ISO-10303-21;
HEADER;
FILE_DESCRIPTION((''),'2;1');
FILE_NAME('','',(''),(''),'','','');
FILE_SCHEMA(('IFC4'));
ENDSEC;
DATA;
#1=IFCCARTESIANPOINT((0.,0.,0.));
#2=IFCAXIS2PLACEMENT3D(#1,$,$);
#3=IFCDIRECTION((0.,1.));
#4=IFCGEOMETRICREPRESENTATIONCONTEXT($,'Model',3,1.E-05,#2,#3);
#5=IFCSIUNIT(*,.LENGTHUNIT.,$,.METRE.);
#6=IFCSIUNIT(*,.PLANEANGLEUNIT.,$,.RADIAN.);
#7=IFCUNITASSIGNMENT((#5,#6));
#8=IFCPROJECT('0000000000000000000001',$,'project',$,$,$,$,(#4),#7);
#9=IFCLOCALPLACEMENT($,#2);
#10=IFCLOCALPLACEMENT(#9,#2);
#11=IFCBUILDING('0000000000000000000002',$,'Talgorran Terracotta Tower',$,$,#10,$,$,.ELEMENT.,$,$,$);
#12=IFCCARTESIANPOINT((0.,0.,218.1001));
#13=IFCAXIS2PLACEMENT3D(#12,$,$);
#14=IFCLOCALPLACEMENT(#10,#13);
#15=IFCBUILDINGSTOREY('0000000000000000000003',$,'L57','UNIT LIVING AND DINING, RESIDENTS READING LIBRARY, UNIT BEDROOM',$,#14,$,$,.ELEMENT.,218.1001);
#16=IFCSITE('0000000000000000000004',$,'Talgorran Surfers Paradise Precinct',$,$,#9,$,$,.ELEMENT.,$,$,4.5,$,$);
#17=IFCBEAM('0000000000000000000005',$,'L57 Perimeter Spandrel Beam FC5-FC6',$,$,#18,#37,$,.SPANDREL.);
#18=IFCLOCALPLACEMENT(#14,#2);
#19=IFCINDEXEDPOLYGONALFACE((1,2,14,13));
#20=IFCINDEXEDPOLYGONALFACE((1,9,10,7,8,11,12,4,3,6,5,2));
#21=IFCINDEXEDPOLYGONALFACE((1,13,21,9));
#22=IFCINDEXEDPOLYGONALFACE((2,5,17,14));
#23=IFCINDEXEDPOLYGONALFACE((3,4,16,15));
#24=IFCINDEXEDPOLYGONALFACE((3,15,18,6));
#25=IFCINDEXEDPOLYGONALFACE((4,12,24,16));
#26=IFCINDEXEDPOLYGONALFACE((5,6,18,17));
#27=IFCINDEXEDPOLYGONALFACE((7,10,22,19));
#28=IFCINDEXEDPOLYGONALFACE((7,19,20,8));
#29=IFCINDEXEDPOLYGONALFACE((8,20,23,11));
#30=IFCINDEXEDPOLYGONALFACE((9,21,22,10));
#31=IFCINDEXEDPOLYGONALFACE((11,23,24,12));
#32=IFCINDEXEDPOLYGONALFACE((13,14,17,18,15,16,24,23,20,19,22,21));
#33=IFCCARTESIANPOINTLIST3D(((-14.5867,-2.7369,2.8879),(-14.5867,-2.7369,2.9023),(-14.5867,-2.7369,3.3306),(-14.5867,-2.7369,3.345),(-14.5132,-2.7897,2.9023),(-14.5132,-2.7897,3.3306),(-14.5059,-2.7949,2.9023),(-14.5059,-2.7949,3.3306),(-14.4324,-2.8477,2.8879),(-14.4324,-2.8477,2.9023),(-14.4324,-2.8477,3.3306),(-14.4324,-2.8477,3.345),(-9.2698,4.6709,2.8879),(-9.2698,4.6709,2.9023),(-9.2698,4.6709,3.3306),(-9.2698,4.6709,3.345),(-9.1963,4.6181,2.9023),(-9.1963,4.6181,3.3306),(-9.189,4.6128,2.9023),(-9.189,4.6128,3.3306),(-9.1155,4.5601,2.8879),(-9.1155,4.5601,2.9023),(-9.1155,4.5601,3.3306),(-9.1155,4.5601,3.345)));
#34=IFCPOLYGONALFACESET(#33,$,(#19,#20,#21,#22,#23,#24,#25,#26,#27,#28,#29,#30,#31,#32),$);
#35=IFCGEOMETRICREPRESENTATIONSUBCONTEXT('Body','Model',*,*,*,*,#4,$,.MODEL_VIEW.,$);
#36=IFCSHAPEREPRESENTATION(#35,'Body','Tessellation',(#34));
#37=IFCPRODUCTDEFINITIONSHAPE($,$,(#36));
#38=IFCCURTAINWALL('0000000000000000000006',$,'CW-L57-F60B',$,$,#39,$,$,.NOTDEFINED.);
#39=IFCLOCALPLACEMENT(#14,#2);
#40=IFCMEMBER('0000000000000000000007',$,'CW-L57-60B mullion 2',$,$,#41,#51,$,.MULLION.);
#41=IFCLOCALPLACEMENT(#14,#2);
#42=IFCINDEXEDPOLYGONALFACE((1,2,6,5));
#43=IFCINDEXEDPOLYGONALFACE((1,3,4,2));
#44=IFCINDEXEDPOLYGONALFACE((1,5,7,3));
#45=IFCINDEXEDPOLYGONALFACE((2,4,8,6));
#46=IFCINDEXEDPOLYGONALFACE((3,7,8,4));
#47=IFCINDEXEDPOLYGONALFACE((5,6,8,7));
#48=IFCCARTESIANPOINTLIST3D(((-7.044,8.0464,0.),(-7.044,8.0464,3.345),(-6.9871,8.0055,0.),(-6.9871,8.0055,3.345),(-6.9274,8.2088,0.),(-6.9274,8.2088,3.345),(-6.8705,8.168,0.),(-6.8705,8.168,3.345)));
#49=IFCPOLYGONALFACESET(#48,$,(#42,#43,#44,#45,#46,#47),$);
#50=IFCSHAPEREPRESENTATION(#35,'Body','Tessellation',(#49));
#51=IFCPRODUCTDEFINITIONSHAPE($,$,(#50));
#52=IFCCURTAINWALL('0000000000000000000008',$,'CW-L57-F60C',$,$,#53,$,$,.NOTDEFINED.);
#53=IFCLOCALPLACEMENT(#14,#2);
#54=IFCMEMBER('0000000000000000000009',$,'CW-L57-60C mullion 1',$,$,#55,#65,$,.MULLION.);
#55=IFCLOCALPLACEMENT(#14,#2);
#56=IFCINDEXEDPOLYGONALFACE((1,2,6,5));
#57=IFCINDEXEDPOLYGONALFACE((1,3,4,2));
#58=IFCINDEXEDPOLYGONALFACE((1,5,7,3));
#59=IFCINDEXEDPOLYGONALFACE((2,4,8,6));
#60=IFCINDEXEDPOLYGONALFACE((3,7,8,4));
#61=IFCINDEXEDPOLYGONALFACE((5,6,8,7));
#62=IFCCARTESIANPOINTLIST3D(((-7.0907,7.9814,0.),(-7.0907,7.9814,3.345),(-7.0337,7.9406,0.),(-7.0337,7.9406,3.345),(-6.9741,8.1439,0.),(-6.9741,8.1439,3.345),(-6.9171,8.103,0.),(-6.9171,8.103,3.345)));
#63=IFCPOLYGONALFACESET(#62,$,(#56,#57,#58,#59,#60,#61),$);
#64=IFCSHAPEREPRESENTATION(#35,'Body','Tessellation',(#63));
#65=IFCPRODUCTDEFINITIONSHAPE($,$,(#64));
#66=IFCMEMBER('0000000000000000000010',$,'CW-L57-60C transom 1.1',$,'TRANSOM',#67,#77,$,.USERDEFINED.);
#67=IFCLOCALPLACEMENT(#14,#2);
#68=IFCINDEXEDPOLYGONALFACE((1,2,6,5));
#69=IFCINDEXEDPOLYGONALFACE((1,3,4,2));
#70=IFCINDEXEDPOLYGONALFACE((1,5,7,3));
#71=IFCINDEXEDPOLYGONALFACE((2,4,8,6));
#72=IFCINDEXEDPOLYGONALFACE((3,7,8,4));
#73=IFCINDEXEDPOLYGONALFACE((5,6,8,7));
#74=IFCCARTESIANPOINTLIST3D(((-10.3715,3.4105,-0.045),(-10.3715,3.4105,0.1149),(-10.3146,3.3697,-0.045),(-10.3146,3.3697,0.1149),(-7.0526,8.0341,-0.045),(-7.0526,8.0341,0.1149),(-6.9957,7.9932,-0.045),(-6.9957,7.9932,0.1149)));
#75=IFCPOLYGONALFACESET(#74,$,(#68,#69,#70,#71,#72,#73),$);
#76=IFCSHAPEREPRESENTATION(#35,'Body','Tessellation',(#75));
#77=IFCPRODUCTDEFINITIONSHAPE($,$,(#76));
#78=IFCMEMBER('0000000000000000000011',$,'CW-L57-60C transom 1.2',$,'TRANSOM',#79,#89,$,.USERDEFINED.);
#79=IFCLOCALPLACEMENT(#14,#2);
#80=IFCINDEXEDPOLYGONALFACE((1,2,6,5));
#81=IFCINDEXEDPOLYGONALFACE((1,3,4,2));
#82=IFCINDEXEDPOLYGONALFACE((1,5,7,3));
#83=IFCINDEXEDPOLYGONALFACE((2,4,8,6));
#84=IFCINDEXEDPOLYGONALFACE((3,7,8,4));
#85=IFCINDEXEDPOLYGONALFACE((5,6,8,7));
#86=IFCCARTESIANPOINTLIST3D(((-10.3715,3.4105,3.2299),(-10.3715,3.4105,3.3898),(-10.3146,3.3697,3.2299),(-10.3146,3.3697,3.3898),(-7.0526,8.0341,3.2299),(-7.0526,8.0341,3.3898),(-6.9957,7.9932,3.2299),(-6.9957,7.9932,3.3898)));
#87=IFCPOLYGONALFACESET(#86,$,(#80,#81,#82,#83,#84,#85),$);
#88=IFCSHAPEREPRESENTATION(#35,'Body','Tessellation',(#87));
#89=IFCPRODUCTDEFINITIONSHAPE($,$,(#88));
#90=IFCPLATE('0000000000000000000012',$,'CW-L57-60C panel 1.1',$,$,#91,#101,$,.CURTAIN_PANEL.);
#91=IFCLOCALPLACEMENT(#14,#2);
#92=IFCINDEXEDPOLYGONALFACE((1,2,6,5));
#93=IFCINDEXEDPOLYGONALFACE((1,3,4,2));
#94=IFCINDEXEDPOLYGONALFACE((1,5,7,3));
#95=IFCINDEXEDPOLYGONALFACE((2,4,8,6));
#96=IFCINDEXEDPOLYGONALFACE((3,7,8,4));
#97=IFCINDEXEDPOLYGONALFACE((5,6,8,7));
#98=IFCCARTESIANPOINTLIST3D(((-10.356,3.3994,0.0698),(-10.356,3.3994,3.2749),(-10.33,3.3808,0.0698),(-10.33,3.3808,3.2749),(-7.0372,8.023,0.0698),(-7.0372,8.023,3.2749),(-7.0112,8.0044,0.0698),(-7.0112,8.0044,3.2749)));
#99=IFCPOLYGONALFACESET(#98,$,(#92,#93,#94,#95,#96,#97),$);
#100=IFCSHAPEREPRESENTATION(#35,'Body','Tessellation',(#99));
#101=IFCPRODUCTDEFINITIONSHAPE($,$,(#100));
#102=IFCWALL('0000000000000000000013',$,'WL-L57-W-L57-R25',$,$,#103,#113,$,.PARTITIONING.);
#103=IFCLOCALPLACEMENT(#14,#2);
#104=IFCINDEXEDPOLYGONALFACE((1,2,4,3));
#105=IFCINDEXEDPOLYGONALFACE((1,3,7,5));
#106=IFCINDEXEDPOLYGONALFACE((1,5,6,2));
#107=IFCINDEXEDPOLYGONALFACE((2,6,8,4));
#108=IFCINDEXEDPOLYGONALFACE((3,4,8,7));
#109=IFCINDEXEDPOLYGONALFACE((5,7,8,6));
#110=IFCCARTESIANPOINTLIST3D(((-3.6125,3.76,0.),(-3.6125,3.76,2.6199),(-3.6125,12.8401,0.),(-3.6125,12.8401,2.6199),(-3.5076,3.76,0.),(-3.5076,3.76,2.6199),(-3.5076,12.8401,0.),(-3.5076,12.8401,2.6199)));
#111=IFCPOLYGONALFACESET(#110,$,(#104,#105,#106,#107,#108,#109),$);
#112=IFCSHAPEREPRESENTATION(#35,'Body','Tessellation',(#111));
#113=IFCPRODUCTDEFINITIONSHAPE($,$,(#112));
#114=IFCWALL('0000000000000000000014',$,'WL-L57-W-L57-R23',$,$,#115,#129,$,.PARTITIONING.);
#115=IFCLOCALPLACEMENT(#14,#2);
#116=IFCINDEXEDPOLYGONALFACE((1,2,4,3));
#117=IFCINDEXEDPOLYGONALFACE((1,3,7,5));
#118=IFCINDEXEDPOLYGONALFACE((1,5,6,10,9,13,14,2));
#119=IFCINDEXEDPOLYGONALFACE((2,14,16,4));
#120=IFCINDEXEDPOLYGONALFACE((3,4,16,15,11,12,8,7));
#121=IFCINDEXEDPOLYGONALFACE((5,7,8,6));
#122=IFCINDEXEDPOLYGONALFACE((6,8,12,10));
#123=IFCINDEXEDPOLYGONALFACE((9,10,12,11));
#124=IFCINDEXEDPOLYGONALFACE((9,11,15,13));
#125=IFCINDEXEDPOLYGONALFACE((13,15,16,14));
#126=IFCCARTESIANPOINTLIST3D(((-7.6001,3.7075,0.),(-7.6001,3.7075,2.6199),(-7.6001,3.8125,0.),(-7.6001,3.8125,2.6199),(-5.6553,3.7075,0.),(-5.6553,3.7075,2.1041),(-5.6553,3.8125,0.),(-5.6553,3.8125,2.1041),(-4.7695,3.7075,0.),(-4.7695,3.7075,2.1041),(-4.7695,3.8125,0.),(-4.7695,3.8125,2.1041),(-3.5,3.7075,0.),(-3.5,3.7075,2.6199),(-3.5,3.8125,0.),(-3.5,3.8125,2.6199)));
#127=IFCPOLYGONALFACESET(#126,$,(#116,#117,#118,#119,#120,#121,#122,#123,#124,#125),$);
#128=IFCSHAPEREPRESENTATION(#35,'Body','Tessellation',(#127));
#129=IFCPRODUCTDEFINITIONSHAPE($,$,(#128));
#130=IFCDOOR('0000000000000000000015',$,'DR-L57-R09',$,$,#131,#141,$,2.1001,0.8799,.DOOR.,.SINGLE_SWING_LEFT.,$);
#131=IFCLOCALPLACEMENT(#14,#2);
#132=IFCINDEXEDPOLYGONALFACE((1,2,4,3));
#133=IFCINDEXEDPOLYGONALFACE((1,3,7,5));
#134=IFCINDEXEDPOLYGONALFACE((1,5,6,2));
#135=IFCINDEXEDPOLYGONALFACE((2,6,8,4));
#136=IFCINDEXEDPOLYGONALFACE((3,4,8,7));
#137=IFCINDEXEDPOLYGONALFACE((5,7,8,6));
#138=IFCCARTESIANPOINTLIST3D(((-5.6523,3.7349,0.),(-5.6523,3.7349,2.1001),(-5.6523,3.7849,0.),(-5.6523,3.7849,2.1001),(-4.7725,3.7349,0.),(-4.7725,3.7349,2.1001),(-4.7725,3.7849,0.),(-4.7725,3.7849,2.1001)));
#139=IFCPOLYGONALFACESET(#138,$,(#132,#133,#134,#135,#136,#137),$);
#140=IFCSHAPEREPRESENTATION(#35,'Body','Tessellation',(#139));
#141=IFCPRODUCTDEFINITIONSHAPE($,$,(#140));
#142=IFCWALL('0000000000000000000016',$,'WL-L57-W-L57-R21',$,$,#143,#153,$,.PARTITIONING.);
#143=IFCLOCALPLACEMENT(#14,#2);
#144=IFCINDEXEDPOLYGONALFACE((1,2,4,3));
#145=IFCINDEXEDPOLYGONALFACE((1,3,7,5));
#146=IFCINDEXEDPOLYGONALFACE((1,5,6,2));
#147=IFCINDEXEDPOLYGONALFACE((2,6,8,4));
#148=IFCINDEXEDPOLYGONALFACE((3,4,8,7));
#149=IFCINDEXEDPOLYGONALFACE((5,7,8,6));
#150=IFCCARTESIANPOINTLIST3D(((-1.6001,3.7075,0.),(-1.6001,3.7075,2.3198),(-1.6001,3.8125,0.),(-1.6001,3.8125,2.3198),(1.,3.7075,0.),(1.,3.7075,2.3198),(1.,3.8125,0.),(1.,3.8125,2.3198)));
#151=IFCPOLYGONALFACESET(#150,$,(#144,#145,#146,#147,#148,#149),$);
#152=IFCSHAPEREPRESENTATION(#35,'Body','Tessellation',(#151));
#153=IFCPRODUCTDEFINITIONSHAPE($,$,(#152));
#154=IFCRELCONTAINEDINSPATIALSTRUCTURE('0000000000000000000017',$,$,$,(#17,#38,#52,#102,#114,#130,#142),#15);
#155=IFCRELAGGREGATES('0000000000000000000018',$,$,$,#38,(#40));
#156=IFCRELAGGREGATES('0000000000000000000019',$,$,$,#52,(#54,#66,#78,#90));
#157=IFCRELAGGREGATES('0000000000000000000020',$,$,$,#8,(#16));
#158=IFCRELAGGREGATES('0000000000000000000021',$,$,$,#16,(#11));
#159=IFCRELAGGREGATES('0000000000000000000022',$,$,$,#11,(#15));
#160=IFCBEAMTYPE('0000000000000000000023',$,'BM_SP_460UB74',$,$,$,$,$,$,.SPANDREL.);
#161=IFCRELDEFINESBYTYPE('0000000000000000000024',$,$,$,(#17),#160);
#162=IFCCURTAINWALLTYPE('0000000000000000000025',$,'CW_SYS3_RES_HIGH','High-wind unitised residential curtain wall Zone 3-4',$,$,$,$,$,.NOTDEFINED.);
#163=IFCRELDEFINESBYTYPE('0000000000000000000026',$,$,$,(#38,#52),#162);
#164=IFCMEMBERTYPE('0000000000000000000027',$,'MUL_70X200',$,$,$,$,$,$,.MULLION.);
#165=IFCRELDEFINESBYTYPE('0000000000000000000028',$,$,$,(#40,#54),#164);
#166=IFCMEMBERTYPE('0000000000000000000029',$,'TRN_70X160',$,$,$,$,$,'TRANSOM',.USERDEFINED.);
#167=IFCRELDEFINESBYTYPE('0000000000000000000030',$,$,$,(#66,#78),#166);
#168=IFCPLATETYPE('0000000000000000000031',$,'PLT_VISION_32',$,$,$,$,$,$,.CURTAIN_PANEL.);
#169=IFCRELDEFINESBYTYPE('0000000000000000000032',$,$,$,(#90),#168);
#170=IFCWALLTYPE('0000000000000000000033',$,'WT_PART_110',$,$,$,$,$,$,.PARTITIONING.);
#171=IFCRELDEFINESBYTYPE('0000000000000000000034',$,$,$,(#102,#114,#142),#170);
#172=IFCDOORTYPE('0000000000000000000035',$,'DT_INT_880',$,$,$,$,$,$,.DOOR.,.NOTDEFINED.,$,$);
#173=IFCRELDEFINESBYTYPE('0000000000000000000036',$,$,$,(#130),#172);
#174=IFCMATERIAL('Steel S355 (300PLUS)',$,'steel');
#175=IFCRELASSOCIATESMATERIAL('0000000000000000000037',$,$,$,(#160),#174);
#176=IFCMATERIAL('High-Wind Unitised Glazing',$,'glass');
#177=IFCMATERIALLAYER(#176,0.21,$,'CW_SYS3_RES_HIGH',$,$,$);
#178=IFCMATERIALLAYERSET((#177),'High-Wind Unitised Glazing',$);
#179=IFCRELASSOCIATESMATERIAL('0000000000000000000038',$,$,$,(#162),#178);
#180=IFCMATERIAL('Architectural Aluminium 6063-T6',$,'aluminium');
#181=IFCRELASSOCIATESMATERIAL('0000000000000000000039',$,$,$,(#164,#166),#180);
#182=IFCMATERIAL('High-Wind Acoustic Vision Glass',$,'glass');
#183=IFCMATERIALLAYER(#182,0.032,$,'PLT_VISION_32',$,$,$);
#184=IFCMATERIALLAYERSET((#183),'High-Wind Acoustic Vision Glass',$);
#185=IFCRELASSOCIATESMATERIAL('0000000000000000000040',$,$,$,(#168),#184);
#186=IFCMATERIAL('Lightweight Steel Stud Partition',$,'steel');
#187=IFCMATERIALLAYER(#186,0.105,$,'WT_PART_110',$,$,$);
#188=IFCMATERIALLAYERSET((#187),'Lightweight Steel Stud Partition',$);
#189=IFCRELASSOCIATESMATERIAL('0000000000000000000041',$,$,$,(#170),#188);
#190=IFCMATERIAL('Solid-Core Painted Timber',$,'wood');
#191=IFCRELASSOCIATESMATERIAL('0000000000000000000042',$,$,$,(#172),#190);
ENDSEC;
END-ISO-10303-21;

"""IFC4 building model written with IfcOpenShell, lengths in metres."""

from ifc_helpers import new_model, si_unit, direction, frame, frame_2d, origin, origin_2d, place, context, subcontext, project, spatial, rectangle, i_section, extrude, source, transform, mapped, material, layer, layer_set, material_profile, profile_set, type_object, type_shapes, element, fill, aggregate, save


model = new_model("IFC4")

# Units and contexts
model_context = context("Model", 3, precision=1e-05, world=origin(), true_north=direction((0.0, 1.0)))
body_context = subcontext(model_context, "Body", "Model", "MODEL_VIEW")
ifc_project = project(units=[si_unit("LENGTHUNIT", "METRE"), si_unit("PLANEANGLEUNIT", "RADIAN")], contexts=[model_context])

# Site, building, storey
site_placement = place(None, origin())
site = spatial("IfcSite", under=ifc_project, at=site_placement, Name="Talgorran Surfers Paradise Precinct", CompositionType="ELEMENT", RefElevation=4.5)
building_placement = place(site_placement, origin())
building = spatial("IfcBuilding", under=site, at=building_placement, Name="Talgorran Terracotta Tower", CompositionType="ELEMENT")
storey_placement = place(building_placement, frame((0.0, 0.0, 218.1001)))
storey = spatial("IfcBuildingStorey", under=building, at=storey_placement, Name="L57", Description="UNIT LIVING AND DINING, RESIDENTS READING LIBRARY, UNIT BEDROOM", CompositionType="ELEMENT", Elevation=218.1001)

# Shared definitions
ifc_material_1 = material(Name="Steel S355 (300PLUS)", Category="steel")

# Beam
ifc_material_profile_1 = material_profile(ifc_material_1, i_section(OverallWidth=0.1899, OverallDepth=0.457, WebThickness=0.009, FlangeThickness=0.0144, at=origin_2d()), Name="460UB74.6")
ifc_profile_set_1 = profile_set([ifc_material_profile_1], Name="Steel S355 (300PLUS)")
beam_type_1 = type_object("IfcBeamType", Name="BM_SP_460UB74", PredefinedType="SPANDREL", material=ifc_profile_set_1)
beam_1_placement = place(storey_placement, frame((-9.1926, 4.6155, 3.1165), z_axis=(-0.583101, -0.8124, 0.0), x_axis=(0.8124, -0.583101, 0.0)))
element("IfcBeam", 1, at=beam_1_placement, inside=storey, type_object=beam_type_1, Name="L57 Perimeter Spandrel Beam FC5-FC6", PredefinedType="SPANDREL", context=body_context, shape_type="SweptSolid", body=[
    extrude(i_section(OverallWidth=0.1899, OverallDepth=0.457, WebThickness=0.009, FlangeThickness=0.0144, at=origin_2d()), origin(), (0.0, 0.0, 1.0), 9.1184),
])

# Curtain wall, member
ifc_material_2 = material(Name="High-Wind Unitised Glazing", Category="glass")
ifc_layer_1 = layer(ifc_material_2, 0.21, Name="CW_SYS3_RES_HIGH")
ifc_layer_set_1 = layer_set([ifc_layer_1], Name="High-Wind Unitised Glazing")
curtain_wall_type = type_object("IfcCurtainWallType", Name="CW_SYS3_RES_HIGH", Description="High-wind unitised residential curtain wall Zone 3-4", PredefinedType="NOTDEFINED", material=ifc_layer_set_1)
curtain_wall_1_placement = place(storey_placement, origin())
curtain_wall_1 = element("IfcCurtainWall", 2, at=curtain_wall_1_placement, inside=storey, type_object=curtain_wall_type, Name="CW-L57-F60B", PredefinedType="NOTDEFINED")
ifc_material_3 = material(Name="Architectural Aluminium 6063-T6", Category="aluminium")
ifc_material_profile_2 = material_profile(ifc_material_3, rectangle(XDim=0.0701, YDim=0.2, at=origin_2d()), Name="CWM70X200")
ifc_profile_set_2 = profile_set([ifc_material_profile_2], Name="Architectural Aluminium 6063-T6")
member_type_1 = type_object("IfcMemberType", Name="MUL_70X200", PredefinedType="MULLION", material=ifc_profile_set_2)
member_1_placement = place(storey_placement, frame((-6.9573, 8.1072, 0.0), z_axis=(0.0, 0.0, 1.0), x_axis=(0.812381, -0.583127, 0.0)))
member_1 = element("IfcMember", 3, at=member_1_placement, type_object=member_type_1, Name="CW-L57-60B mullion 2", PredefinedType="MULLION", context=body_context, shape_type="SweptSolid", body=[
    extrude(rectangle(XDim=0.0701, YDim=0.2, at=origin_2d()), origin(), (0.0, 0.0, 1.0), 3.345),
])
aggregate(curtain_wall_1, [member_1])

# Curtain wall, members, plate
curtain_wall_2_placement = place(storey_placement, origin())
curtain_wall_2 = element("IfcCurtainWall", 4, at=curtain_wall_2_placement, inside=storey, type_object=curtain_wall_type, Name="CW-L57-F60C", PredefinedType="NOTDEFINED")
member_2_placement = place(storey_placement, frame((-7.0039, 8.0422, 0.0), z_axis=(0.0, 0.0, 1.0), x_axis=(0.81239, -0.583115, 0.0)))
member_2 = element("IfcMember", 5, at=member_2_placement, type_object=member_type_1, Name="CW-L57-60C mullion 1", PredefinedType="MULLION", context=body_context, shape_type="SweptSolid", body=[
    extrude(rectangle(XDim=0.0701, YDim=0.2, at=origin_2d()), origin(), (0.0, 0.0, 1.0), 3.345),
])
ifc_material_profile_3 = material_profile(ifc_material_3, rectangle(XDim=0.0701, YDim=0.1599, at=origin_2d()), Name="CWT70X160")
ifc_profile_set_3 = profile_set([ifc_material_profile_3], Name="Architectural Aluminium 6063-T6")
member_type_2 = type_object("IfcMemberType", Name="TRN_70X160", ElementType="TRANSOM", PredefinedType="USERDEFINED", material=ifc_profile_set_3)
member_3_placement = place(storey_placement, frame((-7.0242, 8.0137, 0.0349), z_axis=(-0.583136, -0.812375, 0.0), x_axis=(0.812375, -0.583136, 0.0)))
member_3 = element("IfcMember", 6, at=member_3_placement, type_object=member_type_2, Name="CW-L57-60C transom 1.1", ObjectType="TRANSOM", PredefinedType="USERDEFINED", context=body_context, shape_type="SweptSolid", body=[
    extrude(rectangle(XDim=0.0701, YDim=0.1599, at=origin_2d()), origin(), (0.0, 0.0, 1.0), 5.6914),
])
member_4_placement = place(storey_placement, frame((-7.0242, 8.0137, 3.3098), z_axis=(-0.583136, -0.812375, 0.0), x_axis=(0.812375, -0.583136, 0.0)))
member_4 = element("IfcMember", 7, at=member_4_placement, type_object=member_type_2, Name="CW-L57-60C transom 1.2", ObjectType="TRANSOM", PredefinedType="USERDEFINED", context=body_context, shape_type="SweptSolid", body=[
    extrude(rectangle(XDim=0.0701, YDim=0.1599, at=origin_2d()), origin(), (0.0, 0.0, 1.0), 5.6914),
])
ifc_material_4 = material(Name="High-Wind Acoustic Vision Glass", Category="glass")
ifc_layer_2 = layer(ifc_material_4, 0.032, Name="PLT_VISION_32")
ifc_layer_set_2 = layer_set([ifc_layer_2], Name="High-Wind Acoustic Vision Glass")
plate_type = type_object("IfcPlateType", Name="PLT_VISION_32", PredefinedType="CURTAIN_PANEL", material=ifc_layer_set_2)
shared_shape = source(origin(), body_context, "Body", "SweptSolid", [
    extrude(rectangle(XDim=5.6914, YDim=0.032, at=origin_2d()), origin(), (0.0, 0.0, 1.0), 3.2051),
])
type_shapes(plate_type, [shared_shape])
plate_placement = place(storey_placement, frame((-8.6836, 5.7019, 0.0698), z_axis=(0.0, 0.0, 1.0), x_axis=(-0.583115, -0.81239, 0.0)))
plate = element("IfcPlate", 8, at=plate_placement, type_object=plate_type, Name="CW-L57-60C panel 1.1", PredefinedType="CURTAIN_PANEL", context=body_context, shape_type="MappedRepresentation", body=[
    mapped(shared_shape, transform((0.0, 0.0, 0.0), scale=1.0)),
])
aggregate(curtain_wall_2, [member_2, member_3, member_4, plate])

# Wall
ifc_material_5 = material(Name="Lightweight Steel Stud Partition", Category="steel")
ifc_layer_3 = layer(ifc_material_5, 0.105, Name="WT_PART_110")
ifc_layer_set_3 = layer_set([ifc_layer_3], Name="Lightweight Steel Stud Partition")
wall_type_1 = type_object("IfcWallType", Name="WT_PART_110", PredefinedType="PARTITIONING", material=ifc_layer_set_3)
wall_1_placement = place(storey_placement, frame((-3.5601, 3.76, 0.0), z_axis=(0.0, 0.0, 1.0), x_axis=(0.0, 1.0, 0.0)))
element("IfcWall", 9, at=wall_1_placement, inside=storey, type_object=wall_type_1, Name="WL-L57-W-L57-R25", PredefinedType="PARTITIONING", context=body_context, shape_type="SweptSolid", body=[
    extrude(rectangle(XDim=9.0801, YDim=0.105, at=frame_2d((4.54, 0.0))), origin(), (0.0, 0.0, 1.0), 2.6199),
])

# Wall, opening, door
wall_2_placement = place(storey_placement, frame((-7.6001, 3.76, 0.0), z_axis=(0.0, 0.0, 1.0), x_axis=(1.0, 0.0, 0.0)))
wall_2 = element("IfcWall", 10, at=wall_2_placement, inside=storey, type_object=wall_type_1, Name="WL-L57-W-L57-R23", PredefinedType="PARTITIONING", context=body_context, shape_type="SweptSolid", body=[
    extrude(rectangle(XDim=4.1001, YDim=0.105, at=frame_2d((2.05, 0.0))), origin(), (0.0, 0.0, 1.0), 2.6199),
])
opening_1_placement = place(wall_2_placement, frame((1.9478, 0.0, 0.0)))
opening_1 = element("IfcOpeningElement", 11, at=opening_1_placement, cuts=wall_2, PredefinedType="OPENING", context=body_context, shape_type="SweptSolid", body=[
    extrude(rectangle(XDim=0.8859, YDim=2.1041, at=frame_2d((0.4399, 1.052))), frame((0.0, 0.0625, 0.0), z_axis=(0.0, -1.0, 0.0), x_axis=(1.0, 0.0, 0.0)), (0.0, 0.0, 1.0), 0.125),
])
ifc_material_6 = material(Name="Solid-Core Painted Timber", Category="wood")
door_type = type_object("IfcDoorType", Name="DT_INT_880", OperationType="NOTDEFINED", PredefinedType="DOOR", material=ifc_material_6)
door_1_placement = place(opening_1_placement, origin())
door_1 = element("IfcDoor", 12, at=door_1_placement, inside=storey, type_object=door_type, Name="DR-L57-R09", OperationType="SINGLE_SWING_LEFT", OverallHeight=2.1001, OverallWidth=0.8799, PredefinedType="DOOR", context=body_context, shape_type="SweptSolid", body=[
    extrude(rectangle(XDim=0.8799, YDim=2.1001, at=frame_2d((0.4399, 1.05))), frame((0.0, 0.0249, 0.0), z_axis=(0.0, -1.0, 0.0), x_axis=(1.0, 0.0, 0.0)), (0.0, 0.0, 1.0), 0.05),
])
fill(opening_1, door_1)

# Wall
wall_3_placement = place(storey_placement, frame((-1.6001, 3.76, 0.0), z_axis=(0.0, 0.0, 1.0), x_axis=(1.0, 0.0, 0.0)))
element("IfcWall", 13, at=wall_3_placement, inside=storey, type_object=wall_type_1, Name="WL-L57-W-L57-R21", PredefinedType="PARTITIONING", context=body_context, shape_type="SweptSolid", body=[
    extrude(rectangle(XDim=2.6001, YDim=0.105, at=frame_2d((1.3, 0.0))), origin(), (0.0, 0.0, 1.0), 2.3198),
])

save(model, "model.ifc")
